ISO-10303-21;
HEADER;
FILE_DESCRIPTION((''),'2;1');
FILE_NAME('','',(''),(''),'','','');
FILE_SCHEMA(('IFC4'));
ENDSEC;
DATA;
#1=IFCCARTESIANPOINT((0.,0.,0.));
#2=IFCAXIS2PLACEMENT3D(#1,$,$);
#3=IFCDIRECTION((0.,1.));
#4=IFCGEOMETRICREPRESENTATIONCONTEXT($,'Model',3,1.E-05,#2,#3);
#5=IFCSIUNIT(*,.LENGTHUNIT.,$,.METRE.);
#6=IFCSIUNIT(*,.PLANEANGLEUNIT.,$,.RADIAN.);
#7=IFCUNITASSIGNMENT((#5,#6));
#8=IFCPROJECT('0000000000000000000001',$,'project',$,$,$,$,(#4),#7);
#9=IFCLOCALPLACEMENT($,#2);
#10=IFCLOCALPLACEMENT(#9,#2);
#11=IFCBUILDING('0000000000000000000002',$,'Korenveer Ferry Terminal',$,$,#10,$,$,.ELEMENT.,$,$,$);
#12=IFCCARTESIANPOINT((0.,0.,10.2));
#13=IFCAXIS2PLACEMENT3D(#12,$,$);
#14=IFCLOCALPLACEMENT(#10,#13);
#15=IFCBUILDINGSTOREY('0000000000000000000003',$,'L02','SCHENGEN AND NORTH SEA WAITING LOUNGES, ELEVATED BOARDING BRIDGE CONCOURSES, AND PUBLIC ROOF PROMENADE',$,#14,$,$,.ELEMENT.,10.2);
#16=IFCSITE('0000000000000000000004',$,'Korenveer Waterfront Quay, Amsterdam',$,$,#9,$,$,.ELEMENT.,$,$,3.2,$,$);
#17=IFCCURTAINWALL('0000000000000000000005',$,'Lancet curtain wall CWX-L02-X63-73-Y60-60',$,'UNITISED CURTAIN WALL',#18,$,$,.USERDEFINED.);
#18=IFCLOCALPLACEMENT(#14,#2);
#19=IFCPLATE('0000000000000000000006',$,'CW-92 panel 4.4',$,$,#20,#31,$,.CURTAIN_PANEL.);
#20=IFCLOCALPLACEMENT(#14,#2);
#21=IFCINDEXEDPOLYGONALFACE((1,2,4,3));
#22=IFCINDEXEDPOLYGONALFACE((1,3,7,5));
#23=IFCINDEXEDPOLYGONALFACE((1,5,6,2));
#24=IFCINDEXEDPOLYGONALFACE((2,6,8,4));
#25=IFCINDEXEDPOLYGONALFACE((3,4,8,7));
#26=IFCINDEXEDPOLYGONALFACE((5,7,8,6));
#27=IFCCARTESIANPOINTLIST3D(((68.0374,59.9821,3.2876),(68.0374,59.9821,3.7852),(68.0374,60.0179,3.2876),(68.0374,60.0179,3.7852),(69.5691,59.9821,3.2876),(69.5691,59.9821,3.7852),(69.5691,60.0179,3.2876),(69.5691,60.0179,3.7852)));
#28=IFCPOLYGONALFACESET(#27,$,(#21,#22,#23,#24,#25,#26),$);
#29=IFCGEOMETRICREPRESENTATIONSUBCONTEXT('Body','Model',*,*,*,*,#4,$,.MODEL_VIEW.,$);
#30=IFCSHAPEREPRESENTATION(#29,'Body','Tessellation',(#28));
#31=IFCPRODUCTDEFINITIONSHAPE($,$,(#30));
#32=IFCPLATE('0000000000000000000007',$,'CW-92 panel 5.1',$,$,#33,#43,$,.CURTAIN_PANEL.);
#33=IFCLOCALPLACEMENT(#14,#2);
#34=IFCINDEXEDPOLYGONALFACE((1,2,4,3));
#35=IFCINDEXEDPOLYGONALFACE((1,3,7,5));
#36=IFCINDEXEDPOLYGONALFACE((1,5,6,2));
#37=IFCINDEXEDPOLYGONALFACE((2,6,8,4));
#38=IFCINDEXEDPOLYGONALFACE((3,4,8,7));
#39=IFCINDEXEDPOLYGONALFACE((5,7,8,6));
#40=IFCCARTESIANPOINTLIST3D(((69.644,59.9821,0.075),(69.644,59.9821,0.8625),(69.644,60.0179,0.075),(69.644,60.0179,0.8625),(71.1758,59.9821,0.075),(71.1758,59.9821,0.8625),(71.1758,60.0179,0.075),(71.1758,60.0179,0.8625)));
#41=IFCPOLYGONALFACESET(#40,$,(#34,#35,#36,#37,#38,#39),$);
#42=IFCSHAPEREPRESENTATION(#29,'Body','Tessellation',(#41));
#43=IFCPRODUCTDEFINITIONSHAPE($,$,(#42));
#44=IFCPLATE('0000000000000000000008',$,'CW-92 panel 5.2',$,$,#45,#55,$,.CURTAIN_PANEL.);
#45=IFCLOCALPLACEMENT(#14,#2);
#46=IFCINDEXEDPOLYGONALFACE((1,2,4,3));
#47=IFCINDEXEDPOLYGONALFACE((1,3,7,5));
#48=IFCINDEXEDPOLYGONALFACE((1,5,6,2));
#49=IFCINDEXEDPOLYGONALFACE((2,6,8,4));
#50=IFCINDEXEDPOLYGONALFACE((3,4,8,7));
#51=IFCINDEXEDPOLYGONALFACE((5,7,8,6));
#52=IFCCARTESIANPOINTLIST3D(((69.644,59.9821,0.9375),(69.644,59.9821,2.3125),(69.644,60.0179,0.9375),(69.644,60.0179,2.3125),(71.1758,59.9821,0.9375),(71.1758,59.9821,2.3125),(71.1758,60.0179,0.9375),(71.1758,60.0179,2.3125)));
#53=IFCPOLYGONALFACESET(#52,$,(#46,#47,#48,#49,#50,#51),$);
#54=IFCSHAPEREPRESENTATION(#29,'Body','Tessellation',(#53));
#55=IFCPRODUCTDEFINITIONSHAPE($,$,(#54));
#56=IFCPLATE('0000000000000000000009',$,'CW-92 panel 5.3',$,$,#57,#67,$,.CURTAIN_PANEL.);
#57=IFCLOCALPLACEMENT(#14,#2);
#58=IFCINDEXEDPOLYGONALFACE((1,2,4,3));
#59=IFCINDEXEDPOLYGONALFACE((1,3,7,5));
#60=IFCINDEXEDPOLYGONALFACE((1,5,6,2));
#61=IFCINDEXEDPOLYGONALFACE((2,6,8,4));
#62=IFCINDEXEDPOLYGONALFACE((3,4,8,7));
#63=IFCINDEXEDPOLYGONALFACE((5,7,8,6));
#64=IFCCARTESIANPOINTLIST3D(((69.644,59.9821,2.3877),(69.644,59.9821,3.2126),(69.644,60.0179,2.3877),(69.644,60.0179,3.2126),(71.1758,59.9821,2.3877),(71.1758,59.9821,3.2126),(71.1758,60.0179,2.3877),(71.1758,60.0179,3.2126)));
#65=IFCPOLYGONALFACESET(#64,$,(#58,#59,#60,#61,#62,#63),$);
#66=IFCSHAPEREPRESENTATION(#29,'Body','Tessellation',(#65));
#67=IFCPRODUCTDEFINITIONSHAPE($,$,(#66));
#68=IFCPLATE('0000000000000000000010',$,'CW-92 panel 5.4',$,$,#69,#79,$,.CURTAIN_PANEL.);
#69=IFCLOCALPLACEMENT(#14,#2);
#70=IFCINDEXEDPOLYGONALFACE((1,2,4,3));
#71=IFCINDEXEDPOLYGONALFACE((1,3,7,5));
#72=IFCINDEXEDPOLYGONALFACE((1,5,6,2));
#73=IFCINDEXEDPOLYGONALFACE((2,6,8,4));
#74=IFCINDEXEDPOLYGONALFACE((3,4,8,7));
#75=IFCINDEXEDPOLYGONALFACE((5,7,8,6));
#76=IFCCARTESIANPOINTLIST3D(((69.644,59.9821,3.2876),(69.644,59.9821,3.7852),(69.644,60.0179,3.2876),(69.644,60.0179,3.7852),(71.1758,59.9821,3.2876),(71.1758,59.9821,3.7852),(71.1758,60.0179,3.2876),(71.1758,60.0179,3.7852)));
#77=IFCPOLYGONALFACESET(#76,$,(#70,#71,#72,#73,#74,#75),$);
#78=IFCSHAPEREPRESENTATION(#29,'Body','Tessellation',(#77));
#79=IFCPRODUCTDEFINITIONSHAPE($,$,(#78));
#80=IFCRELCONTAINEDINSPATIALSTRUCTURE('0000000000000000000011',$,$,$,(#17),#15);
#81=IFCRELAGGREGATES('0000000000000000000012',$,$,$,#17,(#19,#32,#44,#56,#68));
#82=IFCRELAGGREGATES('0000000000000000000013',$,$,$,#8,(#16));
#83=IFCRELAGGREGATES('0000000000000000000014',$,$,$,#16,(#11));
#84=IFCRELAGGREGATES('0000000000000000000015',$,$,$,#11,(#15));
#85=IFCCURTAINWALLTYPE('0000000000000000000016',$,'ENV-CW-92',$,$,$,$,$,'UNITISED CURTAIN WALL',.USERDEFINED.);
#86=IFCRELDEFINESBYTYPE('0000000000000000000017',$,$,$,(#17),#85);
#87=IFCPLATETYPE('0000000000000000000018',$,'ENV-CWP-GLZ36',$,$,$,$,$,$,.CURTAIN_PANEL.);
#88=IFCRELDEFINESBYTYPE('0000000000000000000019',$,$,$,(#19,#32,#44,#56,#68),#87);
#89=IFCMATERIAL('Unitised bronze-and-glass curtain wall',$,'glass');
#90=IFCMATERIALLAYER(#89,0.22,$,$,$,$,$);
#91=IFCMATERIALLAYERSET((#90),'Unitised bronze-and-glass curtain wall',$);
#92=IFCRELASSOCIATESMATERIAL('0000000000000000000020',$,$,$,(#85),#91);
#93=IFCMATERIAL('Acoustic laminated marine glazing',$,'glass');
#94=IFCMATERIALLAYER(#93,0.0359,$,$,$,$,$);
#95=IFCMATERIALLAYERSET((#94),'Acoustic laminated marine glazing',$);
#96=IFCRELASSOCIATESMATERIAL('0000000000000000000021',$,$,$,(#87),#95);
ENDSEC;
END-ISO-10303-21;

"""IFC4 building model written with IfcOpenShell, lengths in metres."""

from ifc_helpers import new_model, si_unit, direction, frame, origin, origin_2d, place, context, subcontext, project, spatial, rectangle, extrude, material, layer, layer_set, type_object, element, aggregate, save


model = new_model("IFC4")

# Units and contexts
model_context = context("Model", 3, precision=1e-05, world=origin(), true_north=direction((0.0, 1.0)))
body_context = subcontext(model_context, "Body", "Model", "MODEL_VIEW")
ifc_project = project(units=[si_unit("LENGTHUNIT", "METRE"), si_unit("PLANEANGLEUNIT", "RADIAN")], contexts=[model_context])

# Site, building, storey
site_placement = place(None, origin())
site = spatial("IfcSite", under=ifc_project, at=site_placement, Name="Korenveer Waterfront Quay, Amsterdam", CompositionType="ELEMENT", RefElevation=3.2)
building_placement = place(site_placement, origin())
building = spatial("IfcBuilding", under=site, at=building_placement, Name="Korenveer Ferry Terminal", CompositionType="ELEMENT")
storey_placement = place(building_placement, frame((0.0, 0.0, 10.2)))
storey = spatial("IfcBuildingStorey", under=building, at=storey_placement, Name="L02", Description="SCHENGEN AND NORTH SEA WAITING LOUNGES, ELEVATED BOARDING BRIDGE CONCOURSES, AND PUBLIC ROOF PROMENADE", CompositionType="ELEMENT", Elevation=10.2)

# Curtain wall, plates
ifc_material_1 = material(Name="Unitised bronze-and-glass curtain wall", Category="glass")
ifc_layer_1 = layer(ifc_material_1, 0.22)
ifc_layer_set_1 = layer_set([ifc_layer_1], Name="Unitised bronze-and-glass curtain wall")
curtain_wall_type = type_object("IfcCurtainWallType", Name="ENV-CW-92", ElementType="UNITISED CURTAIN WALL", PredefinedType="USERDEFINED", material=ifc_layer_set_1)
curtain_wall_placement = place(storey_placement, frame((63.1799, 60.0, 0.0)))
curtain_wall = element("IfcCurtainWall", 1, at=curtain_wall_placement, inside=storey, type_object=curtain_wall_type, Name="Lancet curtain wall CWX-L02-X63-73-Y60-60", ObjectType="UNITISED CURTAIN WALL", PredefinedType="USERDEFINED")
ifc_material_2 = material(Name="Acoustic laminated marine glazing", Category="glass")
ifc_layer_2 = layer(ifc_material_2, 0.0359)
ifc_layer_set_2 = layer_set([ifc_layer_2], Name="Acoustic laminated marine glazing")
plate_type = type_object("IfcPlateType", Name="ENV-CWP-GLZ36", PredefinedType="CURTAIN_PANEL", material=ifc_layer_set_2)
plate_1_placement = place(storey_placement, frame((68.8032, 60.0, 3.2876), z_axis=(0.0, 0.0, 1.0), x_axis=(1.0, 0.0, 0.0)))
plate_1 = element("IfcPlate", 2, at=plate_1_placement, type_object=plate_type, Name="CW-92 panel 4.4", PredefinedType="CURTAIN_PANEL", context=body_context, shape_type="SweptSolid", body=[
    extrude(rectangle(XDim=1.5317, YDim=0.0359, at=origin_2d()), origin(), (0.0, 0.0, 1.0), 0.4976),
])
plate_2_placement = place(storey_placement, frame((70.4099, 60.0, 0.075), z_axis=(0.0, 0.0, 1.0), x_axis=(1.0, 0.0, 0.0)))
plate_2 = element("IfcPlate", 3, at=plate_2_placement, type_object=plate_type, Name="CW-92 panel 5.1", PredefinedType="CURTAIN_PANEL", context=body_context, shape_type="SweptSolid", body=[
    extrude(rectangle(XDim=1.5317, YDim=0.0359, at=origin_2d()), origin(), (0.0, 0.0, 1.0), 0.7876),
])
plate_3_placement = place(storey_placement, frame((70.4099, 60.0, 0.9375), z_axis=(0.0, 0.0, 1.0), x_axis=(1.0, 0.0, 0.0)))
plate_3 = element("IfcPlate", 4, at=plate_3_placement, type_object=plate_type, Name="CW-92 panel 5.2", PredefinedType="CURTAIN_PANEL", context=body_context, shape_type="SweptSolid", body=[
    extrude(rectangle(XDim=1.5317, YDim=0.0359, at=origin_2d()), origin(), (0.0, 0.0, 1.0), 1.375),
])
plate_4_placement = place(storey_placement, frame((70.4099, 60.0, 2.3877), z_axis=(0.0, 0.0, 1.0), x_axis=(1.0, 0.0, 0.0)))
plate_4 = element("IfcPlate", 5, at=plate_4_placement, type_object=plate_type, Name="CW-92 panel 5.3", PredefinedType="CURTAIN_PANEL", context=body_context, shape_type="SweptSolid", body=[
    extrude(rectangle(XDim=1.5317, YDim=0.0359, at=origin_2d()), origin(), (0.0, 0.0, 1.0), 0.825),
])
plate_5_placement = place(storey_placement, frame((70.4099, 60.0, 3.2876), z_axis=(0.0, 0.0, 1.0), x_axis=(1.0, 0.0, 0.0)))
plate_5 = element("IfcPlate", 6, at=plate_5_placement, type_object=plate_type, Name="CW-92 panel 5.4", PredefinedType="CURTAIN_PANEL", context=body_context, shape_type="SweptSolid", body=[
    extrude(rectangle(XDim=1.5317, YDim=0.0359, at=origin_2d()), origin(), (0.0, 0.0, 1.0), 0.4976),
])
aggregate(curtain_wall, [plate_1, plate_2, plate_3, plate_4, plate_5])

save(model, "model.ifc")
